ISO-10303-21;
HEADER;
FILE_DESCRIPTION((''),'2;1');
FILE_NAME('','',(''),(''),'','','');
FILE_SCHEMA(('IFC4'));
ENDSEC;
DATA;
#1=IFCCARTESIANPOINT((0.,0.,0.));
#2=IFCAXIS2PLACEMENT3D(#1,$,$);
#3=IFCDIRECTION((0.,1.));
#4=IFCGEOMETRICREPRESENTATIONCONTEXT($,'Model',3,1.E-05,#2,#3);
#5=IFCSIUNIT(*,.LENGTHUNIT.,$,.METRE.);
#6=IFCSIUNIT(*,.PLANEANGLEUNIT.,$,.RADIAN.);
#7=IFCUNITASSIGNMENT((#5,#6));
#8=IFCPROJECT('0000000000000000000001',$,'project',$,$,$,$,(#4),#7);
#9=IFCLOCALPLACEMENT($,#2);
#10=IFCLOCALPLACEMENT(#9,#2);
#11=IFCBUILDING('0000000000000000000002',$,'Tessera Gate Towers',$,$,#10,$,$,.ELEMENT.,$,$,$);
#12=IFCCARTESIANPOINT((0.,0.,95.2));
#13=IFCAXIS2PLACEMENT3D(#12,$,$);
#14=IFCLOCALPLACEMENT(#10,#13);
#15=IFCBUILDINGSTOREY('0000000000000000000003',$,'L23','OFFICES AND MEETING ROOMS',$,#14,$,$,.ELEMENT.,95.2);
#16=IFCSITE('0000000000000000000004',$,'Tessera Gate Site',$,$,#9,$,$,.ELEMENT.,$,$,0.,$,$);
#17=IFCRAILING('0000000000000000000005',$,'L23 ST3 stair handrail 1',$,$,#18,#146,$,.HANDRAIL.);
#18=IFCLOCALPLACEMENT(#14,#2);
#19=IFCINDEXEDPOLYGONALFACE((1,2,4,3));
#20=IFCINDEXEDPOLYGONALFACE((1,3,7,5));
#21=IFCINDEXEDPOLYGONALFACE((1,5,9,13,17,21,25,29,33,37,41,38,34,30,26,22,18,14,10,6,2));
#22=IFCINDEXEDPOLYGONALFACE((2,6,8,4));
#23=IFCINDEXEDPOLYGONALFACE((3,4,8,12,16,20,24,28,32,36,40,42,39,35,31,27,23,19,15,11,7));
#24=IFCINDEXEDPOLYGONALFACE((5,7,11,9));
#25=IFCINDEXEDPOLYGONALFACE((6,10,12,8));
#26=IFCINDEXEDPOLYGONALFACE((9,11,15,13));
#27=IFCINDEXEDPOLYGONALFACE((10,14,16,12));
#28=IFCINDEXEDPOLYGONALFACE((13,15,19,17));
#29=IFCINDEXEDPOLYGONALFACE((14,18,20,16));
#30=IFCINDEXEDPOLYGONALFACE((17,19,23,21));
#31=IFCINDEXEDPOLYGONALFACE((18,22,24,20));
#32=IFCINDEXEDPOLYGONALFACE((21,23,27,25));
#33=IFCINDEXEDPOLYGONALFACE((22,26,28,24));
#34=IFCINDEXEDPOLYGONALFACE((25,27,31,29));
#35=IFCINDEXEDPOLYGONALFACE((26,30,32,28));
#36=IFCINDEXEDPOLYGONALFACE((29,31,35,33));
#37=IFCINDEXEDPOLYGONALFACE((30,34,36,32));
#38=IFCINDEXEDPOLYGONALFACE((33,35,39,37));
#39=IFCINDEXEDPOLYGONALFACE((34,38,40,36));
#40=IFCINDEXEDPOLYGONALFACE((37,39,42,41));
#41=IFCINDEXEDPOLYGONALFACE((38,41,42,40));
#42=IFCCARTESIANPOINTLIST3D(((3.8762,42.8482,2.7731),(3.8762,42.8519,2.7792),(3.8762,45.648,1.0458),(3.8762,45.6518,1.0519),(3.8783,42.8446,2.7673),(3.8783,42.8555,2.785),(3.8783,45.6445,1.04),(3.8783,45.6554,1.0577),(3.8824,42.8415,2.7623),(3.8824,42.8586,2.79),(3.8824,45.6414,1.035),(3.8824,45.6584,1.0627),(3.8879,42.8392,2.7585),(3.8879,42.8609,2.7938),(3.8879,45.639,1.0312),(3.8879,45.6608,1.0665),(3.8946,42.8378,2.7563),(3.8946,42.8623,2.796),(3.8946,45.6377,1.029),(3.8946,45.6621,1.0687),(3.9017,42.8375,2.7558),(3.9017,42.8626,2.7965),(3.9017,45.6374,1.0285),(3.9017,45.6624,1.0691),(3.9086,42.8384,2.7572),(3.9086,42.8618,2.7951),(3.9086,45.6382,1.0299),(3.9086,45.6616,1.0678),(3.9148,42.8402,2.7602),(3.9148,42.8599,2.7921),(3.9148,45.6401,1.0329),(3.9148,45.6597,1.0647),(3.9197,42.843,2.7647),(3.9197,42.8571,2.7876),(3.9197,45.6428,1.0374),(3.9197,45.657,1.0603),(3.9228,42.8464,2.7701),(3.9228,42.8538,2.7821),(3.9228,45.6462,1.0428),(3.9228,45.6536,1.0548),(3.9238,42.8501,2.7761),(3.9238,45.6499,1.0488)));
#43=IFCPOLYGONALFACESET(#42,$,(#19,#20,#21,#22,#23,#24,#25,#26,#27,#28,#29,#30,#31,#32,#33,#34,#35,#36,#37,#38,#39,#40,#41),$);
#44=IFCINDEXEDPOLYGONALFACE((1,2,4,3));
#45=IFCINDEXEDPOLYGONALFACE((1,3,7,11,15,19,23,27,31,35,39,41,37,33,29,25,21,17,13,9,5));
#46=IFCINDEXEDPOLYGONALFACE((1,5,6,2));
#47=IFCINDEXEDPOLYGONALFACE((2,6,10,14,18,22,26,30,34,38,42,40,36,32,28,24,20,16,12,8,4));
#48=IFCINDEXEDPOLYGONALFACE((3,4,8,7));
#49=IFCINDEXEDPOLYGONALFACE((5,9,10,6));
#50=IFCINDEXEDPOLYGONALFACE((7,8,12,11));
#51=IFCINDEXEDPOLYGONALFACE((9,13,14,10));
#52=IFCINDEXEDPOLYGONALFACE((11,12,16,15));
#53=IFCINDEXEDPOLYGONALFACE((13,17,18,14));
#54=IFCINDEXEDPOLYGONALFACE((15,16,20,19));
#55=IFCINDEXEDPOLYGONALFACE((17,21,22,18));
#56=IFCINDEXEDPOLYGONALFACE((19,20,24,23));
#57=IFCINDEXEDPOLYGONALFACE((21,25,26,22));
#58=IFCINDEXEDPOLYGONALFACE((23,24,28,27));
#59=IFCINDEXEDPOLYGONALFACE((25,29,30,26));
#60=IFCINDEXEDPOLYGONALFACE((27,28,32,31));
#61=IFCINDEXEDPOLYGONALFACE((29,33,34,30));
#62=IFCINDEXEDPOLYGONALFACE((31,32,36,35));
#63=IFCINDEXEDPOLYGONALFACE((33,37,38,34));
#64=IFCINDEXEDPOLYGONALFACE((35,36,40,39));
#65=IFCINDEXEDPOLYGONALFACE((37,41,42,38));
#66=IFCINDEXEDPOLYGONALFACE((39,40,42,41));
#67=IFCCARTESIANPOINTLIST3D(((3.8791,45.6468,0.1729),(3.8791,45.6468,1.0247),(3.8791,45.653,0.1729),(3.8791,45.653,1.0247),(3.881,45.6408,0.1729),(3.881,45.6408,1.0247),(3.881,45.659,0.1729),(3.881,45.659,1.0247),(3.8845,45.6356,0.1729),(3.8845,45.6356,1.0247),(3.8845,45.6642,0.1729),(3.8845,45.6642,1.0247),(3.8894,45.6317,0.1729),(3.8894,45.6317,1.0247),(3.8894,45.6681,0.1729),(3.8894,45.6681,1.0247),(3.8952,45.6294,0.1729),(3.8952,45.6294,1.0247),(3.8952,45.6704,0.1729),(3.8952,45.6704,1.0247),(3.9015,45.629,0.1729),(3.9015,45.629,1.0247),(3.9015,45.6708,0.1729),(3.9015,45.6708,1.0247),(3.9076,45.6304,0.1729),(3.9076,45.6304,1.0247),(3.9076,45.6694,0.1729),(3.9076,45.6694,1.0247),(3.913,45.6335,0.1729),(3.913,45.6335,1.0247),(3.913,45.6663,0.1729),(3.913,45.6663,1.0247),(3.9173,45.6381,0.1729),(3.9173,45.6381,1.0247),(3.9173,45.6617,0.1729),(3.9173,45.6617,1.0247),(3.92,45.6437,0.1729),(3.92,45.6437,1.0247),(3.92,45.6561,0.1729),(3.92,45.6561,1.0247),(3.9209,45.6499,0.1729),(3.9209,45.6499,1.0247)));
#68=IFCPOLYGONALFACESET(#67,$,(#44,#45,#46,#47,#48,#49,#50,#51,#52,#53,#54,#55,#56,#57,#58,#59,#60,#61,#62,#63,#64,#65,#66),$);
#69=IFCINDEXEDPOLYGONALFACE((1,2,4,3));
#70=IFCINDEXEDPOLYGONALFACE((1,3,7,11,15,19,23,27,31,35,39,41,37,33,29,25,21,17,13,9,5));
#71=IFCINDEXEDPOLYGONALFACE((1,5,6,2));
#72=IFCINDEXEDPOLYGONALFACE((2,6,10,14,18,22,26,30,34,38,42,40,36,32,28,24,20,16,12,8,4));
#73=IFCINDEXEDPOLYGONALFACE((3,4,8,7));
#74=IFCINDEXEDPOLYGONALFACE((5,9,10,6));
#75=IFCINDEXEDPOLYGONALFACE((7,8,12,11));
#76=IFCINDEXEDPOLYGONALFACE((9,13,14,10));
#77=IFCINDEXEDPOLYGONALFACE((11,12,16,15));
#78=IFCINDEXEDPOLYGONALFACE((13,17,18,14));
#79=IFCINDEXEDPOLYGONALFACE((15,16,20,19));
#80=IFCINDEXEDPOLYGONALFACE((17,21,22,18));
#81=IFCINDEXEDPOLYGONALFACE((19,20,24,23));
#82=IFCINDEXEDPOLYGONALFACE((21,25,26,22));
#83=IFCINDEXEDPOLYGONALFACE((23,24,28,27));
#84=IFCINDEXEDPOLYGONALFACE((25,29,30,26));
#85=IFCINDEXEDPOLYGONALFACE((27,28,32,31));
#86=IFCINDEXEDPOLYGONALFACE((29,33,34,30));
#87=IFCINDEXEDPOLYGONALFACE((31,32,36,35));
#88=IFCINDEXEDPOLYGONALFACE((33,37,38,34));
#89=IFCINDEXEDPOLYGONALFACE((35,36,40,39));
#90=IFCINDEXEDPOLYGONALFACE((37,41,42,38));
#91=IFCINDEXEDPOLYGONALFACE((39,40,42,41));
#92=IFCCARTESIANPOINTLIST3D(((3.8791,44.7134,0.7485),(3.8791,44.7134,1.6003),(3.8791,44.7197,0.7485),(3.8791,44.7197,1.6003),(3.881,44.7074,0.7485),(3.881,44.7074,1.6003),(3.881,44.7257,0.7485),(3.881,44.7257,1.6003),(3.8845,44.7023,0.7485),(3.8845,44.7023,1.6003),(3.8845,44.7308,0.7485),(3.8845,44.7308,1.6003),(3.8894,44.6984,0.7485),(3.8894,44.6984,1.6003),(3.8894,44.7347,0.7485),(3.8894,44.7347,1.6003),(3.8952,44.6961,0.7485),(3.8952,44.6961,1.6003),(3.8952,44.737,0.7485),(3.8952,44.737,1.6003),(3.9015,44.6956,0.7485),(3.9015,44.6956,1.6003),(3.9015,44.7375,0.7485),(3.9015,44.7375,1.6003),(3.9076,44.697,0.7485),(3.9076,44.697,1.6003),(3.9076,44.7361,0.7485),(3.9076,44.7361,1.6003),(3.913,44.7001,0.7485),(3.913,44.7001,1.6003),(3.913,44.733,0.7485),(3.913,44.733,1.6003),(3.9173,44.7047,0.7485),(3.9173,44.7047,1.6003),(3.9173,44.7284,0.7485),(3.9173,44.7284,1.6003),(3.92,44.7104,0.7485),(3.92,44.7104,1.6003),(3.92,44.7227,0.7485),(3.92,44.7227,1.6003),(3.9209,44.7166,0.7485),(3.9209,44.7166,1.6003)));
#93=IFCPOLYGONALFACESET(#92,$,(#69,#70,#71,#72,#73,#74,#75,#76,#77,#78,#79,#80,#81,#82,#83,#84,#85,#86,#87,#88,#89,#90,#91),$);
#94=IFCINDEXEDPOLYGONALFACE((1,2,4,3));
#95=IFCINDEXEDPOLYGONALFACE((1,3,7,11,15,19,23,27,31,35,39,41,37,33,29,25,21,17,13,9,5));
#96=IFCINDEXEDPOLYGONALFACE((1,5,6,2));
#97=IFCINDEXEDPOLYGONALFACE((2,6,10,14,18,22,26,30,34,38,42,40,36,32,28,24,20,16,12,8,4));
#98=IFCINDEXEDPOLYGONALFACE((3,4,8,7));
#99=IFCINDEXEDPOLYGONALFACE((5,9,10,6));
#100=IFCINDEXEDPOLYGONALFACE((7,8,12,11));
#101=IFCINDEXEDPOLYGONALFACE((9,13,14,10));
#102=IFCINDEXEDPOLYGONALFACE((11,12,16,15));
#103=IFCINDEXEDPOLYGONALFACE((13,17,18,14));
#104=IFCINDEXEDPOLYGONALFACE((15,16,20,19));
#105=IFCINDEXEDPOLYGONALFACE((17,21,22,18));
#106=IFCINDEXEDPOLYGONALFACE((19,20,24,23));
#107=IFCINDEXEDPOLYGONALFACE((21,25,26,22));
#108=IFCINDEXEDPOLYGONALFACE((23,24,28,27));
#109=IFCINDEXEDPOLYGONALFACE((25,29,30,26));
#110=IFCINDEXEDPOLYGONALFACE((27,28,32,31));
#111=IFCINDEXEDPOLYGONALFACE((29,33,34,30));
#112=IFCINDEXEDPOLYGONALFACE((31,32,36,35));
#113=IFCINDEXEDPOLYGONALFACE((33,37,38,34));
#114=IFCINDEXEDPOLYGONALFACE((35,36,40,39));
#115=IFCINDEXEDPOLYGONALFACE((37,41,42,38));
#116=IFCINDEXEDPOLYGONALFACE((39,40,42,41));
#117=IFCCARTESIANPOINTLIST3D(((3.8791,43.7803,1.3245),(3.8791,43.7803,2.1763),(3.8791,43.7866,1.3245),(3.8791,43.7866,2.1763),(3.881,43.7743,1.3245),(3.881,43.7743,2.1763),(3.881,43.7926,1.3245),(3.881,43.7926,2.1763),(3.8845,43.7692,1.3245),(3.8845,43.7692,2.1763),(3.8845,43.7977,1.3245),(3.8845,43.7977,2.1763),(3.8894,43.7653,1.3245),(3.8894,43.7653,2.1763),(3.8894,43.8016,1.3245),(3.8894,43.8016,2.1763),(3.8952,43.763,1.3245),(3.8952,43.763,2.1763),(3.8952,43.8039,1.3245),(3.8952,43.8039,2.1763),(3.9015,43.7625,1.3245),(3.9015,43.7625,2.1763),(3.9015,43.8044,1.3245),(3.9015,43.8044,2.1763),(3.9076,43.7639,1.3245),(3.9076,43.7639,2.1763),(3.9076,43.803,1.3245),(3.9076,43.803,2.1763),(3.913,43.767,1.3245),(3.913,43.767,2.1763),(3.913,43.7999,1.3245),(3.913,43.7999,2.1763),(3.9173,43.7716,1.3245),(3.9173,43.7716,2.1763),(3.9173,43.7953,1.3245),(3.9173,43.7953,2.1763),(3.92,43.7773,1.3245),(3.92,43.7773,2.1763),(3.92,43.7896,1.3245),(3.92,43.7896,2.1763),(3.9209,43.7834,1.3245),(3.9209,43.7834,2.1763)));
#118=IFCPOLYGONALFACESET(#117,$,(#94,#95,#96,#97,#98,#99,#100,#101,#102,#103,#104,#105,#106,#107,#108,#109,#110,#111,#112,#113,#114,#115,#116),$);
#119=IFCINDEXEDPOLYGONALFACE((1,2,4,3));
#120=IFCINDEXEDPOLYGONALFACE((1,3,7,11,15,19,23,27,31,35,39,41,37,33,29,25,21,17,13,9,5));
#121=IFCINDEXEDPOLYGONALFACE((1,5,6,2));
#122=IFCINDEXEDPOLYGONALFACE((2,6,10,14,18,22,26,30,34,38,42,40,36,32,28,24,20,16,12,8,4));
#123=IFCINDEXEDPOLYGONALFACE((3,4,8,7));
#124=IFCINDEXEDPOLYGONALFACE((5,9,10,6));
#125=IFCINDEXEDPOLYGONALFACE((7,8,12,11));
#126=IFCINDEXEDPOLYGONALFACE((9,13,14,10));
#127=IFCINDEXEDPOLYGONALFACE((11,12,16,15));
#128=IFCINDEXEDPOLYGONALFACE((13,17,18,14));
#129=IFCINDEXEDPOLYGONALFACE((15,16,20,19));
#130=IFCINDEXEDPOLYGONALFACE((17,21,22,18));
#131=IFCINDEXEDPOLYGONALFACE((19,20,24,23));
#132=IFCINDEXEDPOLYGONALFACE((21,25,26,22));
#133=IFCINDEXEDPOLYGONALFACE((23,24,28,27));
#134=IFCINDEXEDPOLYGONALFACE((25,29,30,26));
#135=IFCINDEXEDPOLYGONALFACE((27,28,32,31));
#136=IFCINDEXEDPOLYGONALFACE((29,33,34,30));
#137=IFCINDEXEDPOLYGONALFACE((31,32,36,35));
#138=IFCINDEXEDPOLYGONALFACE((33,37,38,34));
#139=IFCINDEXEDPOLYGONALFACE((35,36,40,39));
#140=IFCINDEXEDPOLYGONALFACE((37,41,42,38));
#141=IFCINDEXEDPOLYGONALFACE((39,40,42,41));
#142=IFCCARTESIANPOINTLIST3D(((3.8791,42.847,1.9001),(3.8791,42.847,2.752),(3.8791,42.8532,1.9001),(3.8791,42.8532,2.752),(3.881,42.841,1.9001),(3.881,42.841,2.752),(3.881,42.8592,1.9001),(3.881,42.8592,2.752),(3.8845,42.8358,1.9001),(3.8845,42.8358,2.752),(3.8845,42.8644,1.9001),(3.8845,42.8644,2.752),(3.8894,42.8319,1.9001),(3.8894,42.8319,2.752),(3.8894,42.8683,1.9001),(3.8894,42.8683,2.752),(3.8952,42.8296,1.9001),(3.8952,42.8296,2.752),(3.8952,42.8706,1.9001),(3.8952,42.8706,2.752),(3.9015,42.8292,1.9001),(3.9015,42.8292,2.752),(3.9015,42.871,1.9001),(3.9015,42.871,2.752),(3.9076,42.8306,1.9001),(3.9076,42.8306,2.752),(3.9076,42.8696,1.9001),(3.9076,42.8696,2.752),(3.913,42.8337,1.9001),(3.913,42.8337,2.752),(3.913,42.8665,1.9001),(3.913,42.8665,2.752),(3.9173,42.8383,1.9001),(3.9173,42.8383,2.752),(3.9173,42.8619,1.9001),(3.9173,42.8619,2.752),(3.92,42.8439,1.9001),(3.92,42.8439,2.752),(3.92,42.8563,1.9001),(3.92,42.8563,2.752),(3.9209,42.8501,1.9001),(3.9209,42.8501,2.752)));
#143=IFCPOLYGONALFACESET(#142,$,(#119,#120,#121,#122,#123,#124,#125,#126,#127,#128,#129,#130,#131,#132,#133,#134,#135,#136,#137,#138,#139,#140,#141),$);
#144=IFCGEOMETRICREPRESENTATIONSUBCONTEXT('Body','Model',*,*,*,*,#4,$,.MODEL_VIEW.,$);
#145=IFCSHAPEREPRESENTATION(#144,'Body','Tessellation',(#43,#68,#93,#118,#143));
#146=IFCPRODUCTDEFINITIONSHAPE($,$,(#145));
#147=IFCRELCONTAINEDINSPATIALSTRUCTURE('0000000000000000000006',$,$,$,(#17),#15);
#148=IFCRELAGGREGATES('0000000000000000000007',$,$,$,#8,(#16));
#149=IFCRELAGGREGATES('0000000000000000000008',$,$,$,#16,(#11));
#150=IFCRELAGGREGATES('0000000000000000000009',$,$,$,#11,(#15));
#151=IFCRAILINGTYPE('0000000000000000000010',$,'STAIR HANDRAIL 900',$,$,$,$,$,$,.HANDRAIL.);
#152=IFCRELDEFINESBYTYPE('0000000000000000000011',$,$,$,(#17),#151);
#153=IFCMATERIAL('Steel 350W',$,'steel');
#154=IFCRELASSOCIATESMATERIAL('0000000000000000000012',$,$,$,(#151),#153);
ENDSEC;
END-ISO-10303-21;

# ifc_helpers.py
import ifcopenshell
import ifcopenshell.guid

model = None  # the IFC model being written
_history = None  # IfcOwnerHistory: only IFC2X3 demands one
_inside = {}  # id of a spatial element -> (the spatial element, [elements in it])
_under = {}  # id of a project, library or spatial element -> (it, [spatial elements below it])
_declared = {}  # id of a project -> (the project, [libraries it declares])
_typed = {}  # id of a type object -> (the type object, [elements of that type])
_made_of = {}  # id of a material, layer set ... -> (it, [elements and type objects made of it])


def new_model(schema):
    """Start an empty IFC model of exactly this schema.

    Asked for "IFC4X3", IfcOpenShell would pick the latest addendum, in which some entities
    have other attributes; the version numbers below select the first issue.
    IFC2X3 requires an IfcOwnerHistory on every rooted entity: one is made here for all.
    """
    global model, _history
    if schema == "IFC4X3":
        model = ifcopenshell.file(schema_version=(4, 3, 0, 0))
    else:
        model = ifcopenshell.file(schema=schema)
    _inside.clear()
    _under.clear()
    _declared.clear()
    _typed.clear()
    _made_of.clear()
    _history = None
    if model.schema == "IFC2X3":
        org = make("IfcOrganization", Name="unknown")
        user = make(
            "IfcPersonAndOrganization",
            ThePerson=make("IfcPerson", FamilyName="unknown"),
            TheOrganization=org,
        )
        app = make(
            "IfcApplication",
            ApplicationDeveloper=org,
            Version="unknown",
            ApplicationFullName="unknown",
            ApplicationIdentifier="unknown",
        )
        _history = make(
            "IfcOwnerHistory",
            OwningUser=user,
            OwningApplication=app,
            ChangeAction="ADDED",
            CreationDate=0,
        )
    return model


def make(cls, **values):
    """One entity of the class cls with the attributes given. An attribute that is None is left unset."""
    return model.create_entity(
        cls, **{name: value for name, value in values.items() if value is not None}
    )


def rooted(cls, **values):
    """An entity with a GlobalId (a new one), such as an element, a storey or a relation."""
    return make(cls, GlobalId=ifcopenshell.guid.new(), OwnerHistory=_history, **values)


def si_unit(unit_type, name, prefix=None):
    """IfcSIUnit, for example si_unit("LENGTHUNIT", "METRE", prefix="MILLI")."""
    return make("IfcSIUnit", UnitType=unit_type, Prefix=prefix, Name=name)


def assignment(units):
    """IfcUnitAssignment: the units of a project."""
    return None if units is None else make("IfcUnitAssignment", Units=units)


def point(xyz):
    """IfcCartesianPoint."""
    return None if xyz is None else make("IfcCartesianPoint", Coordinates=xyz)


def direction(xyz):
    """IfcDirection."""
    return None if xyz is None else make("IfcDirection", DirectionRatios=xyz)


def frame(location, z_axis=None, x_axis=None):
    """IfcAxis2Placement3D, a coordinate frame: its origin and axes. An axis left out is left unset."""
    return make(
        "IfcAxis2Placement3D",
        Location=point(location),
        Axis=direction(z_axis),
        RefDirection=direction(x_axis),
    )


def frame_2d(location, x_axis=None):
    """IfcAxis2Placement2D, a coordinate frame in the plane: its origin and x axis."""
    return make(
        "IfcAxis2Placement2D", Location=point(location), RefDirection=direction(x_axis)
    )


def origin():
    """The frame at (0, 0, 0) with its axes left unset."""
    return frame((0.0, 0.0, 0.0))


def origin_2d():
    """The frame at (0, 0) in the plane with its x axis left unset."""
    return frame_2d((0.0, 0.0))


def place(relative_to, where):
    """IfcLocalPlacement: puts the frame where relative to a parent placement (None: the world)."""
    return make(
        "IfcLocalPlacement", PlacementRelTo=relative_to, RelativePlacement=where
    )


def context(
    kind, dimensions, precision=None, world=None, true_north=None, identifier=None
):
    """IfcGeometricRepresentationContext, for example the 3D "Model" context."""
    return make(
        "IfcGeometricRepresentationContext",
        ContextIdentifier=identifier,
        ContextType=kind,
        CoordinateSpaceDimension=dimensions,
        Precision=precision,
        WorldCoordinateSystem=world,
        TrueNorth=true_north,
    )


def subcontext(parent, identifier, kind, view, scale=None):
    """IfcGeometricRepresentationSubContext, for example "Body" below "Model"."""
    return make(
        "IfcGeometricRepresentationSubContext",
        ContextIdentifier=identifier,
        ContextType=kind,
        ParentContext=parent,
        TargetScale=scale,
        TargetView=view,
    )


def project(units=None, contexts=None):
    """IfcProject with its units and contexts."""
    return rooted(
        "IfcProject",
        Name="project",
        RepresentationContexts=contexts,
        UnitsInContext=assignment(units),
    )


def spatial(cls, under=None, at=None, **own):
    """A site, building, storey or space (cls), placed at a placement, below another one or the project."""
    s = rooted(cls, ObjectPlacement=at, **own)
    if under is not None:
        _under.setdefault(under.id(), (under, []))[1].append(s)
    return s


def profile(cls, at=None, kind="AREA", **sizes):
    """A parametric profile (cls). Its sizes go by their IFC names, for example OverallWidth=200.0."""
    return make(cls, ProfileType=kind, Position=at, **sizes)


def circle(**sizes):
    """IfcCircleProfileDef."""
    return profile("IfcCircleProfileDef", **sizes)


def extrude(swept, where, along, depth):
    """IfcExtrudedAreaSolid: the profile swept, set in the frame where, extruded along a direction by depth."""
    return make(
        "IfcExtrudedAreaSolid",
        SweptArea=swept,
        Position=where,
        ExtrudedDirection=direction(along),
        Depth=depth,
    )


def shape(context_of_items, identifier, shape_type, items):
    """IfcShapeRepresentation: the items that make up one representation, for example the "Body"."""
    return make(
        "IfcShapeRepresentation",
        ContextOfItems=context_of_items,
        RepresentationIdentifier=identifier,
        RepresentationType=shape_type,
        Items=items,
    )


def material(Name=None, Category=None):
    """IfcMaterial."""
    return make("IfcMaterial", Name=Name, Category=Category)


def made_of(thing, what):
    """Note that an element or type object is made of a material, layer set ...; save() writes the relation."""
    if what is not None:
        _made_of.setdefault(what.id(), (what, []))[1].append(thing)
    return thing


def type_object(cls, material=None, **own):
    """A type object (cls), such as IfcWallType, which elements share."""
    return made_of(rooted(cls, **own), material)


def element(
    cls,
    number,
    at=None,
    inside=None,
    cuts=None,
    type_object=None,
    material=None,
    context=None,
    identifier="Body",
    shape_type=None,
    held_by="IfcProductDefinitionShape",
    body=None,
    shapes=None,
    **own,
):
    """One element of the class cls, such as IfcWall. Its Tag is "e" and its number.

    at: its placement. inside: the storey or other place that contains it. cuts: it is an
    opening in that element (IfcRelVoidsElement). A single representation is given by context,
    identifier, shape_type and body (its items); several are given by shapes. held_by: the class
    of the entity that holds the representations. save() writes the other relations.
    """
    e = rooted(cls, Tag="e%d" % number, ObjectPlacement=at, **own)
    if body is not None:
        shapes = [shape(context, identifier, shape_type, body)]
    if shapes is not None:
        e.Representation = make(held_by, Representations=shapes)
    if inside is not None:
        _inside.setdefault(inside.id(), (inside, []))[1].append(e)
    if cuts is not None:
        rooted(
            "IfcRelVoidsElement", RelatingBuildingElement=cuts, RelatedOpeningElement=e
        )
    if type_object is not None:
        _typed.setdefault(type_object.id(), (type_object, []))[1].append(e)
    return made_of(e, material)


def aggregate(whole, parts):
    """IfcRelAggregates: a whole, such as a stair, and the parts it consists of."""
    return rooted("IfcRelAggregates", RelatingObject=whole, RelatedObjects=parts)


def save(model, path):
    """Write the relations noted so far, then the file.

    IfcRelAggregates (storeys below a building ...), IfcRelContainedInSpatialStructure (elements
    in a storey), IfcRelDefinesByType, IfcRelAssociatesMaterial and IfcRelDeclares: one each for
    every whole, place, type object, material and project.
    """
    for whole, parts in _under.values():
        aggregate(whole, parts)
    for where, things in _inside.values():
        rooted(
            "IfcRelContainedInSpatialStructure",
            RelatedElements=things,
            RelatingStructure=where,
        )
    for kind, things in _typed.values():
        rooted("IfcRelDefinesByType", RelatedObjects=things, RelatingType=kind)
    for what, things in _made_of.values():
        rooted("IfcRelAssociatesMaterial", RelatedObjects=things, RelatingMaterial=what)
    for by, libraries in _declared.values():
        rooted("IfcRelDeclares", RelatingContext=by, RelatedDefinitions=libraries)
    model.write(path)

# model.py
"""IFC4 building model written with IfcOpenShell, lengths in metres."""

from ifc_helpers import new_model, si_unit, direction, frame, origin, origin_2d, place, context, subcontext, project, spatial, circle, extrude, material, type_object, element, save


model = new_model("IFC4")

# Units and contexts
model_context = context("Model", 3, precision=1e-05, world=origin(), true_north=direction((0.0, 1.0)))
body_context = subcontext(model_context, "Body", "Model", "MODEL_VIEW")
ifc_project = project(units=[si_unit("LENGTHUNIT", "METRE"), si_unit("PLANEANGLEUNIT", "RADIAN")], contexts=[model_context])

# Site, building, storey
site_placement = place(None, origin())
site = spatial("IfcSite", under=ifc_project, at=site_placement, Name="Tessera Gate Site", CompositionType="ELEMENT", RefElevation=0.0)
building_placement = place(site_placement, origin())
building = spatial("IfcBuilding", under=site, at=building_placement, Name="Tessera Gate Towers", CompositionType="ELEMENT")
storey_placement = place(building_placement, frame((0.0, 0.0, 95.2)))
storey = spatial("IfcBuildingStorey", under=building, at=storey_placement, Name="L23", Description="OFFICES AND MEETING ROOMS", CompositionType="ELEMENT", Elevation=95.2)

# Railing
ifc_material_1 = material(Name="Steel 350W", Category="steel")
railing_type_1 = type_object("IfcRailingType", Name="STAIR HANDRAIL 900", PredefinedType="HANDRAIL", material=ifc_material_1)
railing_1_placement = place(storey_placement, frame((3.8999, 45.6499, 0.1729)))
element("IfcRailing", 1, at=railing_1_placement, inside=storey, type_object=railing_type_1, Name="L23 ST3 stair handrail 1", PredefinedType="HANDRAIL", context=body_context, shape_type="SweptSolid", body=[
    extrude(circle(Radius=0.0239, at=origin_2d()), frame((0.0, 0.0, 0.876), z_axis=(0.0, -0.851069, 0.525054), x_axis=(1.0, 0.0, 0.0)), (0.0, 0.0, 1.0), 3.2898),
    extrude(circle(Radius=0.021, at=origin_2d()), origin(), (0.0, 0.0, 1.0), 0.8518),
    extrude(circle(Radius=0.021, at=origin_2d()), frame((0.0, -0.9333, 0.5757)), (0.0, 0.0, 1.0), 0.8518),
    extrude(circle(Radius=0.021, at=origin_2d()), frame((0.0, -1.8665, 1.1516)), (0.0, 0.0, 1.0), 0.8518),
    extrude(circle(Radius=0.021, at=origin_2d()), frame((0.0, -2.7998, 1.7273)), (0.0, 0.0, 1.0), 0.8518),
])

save(model, "model.ifc")
